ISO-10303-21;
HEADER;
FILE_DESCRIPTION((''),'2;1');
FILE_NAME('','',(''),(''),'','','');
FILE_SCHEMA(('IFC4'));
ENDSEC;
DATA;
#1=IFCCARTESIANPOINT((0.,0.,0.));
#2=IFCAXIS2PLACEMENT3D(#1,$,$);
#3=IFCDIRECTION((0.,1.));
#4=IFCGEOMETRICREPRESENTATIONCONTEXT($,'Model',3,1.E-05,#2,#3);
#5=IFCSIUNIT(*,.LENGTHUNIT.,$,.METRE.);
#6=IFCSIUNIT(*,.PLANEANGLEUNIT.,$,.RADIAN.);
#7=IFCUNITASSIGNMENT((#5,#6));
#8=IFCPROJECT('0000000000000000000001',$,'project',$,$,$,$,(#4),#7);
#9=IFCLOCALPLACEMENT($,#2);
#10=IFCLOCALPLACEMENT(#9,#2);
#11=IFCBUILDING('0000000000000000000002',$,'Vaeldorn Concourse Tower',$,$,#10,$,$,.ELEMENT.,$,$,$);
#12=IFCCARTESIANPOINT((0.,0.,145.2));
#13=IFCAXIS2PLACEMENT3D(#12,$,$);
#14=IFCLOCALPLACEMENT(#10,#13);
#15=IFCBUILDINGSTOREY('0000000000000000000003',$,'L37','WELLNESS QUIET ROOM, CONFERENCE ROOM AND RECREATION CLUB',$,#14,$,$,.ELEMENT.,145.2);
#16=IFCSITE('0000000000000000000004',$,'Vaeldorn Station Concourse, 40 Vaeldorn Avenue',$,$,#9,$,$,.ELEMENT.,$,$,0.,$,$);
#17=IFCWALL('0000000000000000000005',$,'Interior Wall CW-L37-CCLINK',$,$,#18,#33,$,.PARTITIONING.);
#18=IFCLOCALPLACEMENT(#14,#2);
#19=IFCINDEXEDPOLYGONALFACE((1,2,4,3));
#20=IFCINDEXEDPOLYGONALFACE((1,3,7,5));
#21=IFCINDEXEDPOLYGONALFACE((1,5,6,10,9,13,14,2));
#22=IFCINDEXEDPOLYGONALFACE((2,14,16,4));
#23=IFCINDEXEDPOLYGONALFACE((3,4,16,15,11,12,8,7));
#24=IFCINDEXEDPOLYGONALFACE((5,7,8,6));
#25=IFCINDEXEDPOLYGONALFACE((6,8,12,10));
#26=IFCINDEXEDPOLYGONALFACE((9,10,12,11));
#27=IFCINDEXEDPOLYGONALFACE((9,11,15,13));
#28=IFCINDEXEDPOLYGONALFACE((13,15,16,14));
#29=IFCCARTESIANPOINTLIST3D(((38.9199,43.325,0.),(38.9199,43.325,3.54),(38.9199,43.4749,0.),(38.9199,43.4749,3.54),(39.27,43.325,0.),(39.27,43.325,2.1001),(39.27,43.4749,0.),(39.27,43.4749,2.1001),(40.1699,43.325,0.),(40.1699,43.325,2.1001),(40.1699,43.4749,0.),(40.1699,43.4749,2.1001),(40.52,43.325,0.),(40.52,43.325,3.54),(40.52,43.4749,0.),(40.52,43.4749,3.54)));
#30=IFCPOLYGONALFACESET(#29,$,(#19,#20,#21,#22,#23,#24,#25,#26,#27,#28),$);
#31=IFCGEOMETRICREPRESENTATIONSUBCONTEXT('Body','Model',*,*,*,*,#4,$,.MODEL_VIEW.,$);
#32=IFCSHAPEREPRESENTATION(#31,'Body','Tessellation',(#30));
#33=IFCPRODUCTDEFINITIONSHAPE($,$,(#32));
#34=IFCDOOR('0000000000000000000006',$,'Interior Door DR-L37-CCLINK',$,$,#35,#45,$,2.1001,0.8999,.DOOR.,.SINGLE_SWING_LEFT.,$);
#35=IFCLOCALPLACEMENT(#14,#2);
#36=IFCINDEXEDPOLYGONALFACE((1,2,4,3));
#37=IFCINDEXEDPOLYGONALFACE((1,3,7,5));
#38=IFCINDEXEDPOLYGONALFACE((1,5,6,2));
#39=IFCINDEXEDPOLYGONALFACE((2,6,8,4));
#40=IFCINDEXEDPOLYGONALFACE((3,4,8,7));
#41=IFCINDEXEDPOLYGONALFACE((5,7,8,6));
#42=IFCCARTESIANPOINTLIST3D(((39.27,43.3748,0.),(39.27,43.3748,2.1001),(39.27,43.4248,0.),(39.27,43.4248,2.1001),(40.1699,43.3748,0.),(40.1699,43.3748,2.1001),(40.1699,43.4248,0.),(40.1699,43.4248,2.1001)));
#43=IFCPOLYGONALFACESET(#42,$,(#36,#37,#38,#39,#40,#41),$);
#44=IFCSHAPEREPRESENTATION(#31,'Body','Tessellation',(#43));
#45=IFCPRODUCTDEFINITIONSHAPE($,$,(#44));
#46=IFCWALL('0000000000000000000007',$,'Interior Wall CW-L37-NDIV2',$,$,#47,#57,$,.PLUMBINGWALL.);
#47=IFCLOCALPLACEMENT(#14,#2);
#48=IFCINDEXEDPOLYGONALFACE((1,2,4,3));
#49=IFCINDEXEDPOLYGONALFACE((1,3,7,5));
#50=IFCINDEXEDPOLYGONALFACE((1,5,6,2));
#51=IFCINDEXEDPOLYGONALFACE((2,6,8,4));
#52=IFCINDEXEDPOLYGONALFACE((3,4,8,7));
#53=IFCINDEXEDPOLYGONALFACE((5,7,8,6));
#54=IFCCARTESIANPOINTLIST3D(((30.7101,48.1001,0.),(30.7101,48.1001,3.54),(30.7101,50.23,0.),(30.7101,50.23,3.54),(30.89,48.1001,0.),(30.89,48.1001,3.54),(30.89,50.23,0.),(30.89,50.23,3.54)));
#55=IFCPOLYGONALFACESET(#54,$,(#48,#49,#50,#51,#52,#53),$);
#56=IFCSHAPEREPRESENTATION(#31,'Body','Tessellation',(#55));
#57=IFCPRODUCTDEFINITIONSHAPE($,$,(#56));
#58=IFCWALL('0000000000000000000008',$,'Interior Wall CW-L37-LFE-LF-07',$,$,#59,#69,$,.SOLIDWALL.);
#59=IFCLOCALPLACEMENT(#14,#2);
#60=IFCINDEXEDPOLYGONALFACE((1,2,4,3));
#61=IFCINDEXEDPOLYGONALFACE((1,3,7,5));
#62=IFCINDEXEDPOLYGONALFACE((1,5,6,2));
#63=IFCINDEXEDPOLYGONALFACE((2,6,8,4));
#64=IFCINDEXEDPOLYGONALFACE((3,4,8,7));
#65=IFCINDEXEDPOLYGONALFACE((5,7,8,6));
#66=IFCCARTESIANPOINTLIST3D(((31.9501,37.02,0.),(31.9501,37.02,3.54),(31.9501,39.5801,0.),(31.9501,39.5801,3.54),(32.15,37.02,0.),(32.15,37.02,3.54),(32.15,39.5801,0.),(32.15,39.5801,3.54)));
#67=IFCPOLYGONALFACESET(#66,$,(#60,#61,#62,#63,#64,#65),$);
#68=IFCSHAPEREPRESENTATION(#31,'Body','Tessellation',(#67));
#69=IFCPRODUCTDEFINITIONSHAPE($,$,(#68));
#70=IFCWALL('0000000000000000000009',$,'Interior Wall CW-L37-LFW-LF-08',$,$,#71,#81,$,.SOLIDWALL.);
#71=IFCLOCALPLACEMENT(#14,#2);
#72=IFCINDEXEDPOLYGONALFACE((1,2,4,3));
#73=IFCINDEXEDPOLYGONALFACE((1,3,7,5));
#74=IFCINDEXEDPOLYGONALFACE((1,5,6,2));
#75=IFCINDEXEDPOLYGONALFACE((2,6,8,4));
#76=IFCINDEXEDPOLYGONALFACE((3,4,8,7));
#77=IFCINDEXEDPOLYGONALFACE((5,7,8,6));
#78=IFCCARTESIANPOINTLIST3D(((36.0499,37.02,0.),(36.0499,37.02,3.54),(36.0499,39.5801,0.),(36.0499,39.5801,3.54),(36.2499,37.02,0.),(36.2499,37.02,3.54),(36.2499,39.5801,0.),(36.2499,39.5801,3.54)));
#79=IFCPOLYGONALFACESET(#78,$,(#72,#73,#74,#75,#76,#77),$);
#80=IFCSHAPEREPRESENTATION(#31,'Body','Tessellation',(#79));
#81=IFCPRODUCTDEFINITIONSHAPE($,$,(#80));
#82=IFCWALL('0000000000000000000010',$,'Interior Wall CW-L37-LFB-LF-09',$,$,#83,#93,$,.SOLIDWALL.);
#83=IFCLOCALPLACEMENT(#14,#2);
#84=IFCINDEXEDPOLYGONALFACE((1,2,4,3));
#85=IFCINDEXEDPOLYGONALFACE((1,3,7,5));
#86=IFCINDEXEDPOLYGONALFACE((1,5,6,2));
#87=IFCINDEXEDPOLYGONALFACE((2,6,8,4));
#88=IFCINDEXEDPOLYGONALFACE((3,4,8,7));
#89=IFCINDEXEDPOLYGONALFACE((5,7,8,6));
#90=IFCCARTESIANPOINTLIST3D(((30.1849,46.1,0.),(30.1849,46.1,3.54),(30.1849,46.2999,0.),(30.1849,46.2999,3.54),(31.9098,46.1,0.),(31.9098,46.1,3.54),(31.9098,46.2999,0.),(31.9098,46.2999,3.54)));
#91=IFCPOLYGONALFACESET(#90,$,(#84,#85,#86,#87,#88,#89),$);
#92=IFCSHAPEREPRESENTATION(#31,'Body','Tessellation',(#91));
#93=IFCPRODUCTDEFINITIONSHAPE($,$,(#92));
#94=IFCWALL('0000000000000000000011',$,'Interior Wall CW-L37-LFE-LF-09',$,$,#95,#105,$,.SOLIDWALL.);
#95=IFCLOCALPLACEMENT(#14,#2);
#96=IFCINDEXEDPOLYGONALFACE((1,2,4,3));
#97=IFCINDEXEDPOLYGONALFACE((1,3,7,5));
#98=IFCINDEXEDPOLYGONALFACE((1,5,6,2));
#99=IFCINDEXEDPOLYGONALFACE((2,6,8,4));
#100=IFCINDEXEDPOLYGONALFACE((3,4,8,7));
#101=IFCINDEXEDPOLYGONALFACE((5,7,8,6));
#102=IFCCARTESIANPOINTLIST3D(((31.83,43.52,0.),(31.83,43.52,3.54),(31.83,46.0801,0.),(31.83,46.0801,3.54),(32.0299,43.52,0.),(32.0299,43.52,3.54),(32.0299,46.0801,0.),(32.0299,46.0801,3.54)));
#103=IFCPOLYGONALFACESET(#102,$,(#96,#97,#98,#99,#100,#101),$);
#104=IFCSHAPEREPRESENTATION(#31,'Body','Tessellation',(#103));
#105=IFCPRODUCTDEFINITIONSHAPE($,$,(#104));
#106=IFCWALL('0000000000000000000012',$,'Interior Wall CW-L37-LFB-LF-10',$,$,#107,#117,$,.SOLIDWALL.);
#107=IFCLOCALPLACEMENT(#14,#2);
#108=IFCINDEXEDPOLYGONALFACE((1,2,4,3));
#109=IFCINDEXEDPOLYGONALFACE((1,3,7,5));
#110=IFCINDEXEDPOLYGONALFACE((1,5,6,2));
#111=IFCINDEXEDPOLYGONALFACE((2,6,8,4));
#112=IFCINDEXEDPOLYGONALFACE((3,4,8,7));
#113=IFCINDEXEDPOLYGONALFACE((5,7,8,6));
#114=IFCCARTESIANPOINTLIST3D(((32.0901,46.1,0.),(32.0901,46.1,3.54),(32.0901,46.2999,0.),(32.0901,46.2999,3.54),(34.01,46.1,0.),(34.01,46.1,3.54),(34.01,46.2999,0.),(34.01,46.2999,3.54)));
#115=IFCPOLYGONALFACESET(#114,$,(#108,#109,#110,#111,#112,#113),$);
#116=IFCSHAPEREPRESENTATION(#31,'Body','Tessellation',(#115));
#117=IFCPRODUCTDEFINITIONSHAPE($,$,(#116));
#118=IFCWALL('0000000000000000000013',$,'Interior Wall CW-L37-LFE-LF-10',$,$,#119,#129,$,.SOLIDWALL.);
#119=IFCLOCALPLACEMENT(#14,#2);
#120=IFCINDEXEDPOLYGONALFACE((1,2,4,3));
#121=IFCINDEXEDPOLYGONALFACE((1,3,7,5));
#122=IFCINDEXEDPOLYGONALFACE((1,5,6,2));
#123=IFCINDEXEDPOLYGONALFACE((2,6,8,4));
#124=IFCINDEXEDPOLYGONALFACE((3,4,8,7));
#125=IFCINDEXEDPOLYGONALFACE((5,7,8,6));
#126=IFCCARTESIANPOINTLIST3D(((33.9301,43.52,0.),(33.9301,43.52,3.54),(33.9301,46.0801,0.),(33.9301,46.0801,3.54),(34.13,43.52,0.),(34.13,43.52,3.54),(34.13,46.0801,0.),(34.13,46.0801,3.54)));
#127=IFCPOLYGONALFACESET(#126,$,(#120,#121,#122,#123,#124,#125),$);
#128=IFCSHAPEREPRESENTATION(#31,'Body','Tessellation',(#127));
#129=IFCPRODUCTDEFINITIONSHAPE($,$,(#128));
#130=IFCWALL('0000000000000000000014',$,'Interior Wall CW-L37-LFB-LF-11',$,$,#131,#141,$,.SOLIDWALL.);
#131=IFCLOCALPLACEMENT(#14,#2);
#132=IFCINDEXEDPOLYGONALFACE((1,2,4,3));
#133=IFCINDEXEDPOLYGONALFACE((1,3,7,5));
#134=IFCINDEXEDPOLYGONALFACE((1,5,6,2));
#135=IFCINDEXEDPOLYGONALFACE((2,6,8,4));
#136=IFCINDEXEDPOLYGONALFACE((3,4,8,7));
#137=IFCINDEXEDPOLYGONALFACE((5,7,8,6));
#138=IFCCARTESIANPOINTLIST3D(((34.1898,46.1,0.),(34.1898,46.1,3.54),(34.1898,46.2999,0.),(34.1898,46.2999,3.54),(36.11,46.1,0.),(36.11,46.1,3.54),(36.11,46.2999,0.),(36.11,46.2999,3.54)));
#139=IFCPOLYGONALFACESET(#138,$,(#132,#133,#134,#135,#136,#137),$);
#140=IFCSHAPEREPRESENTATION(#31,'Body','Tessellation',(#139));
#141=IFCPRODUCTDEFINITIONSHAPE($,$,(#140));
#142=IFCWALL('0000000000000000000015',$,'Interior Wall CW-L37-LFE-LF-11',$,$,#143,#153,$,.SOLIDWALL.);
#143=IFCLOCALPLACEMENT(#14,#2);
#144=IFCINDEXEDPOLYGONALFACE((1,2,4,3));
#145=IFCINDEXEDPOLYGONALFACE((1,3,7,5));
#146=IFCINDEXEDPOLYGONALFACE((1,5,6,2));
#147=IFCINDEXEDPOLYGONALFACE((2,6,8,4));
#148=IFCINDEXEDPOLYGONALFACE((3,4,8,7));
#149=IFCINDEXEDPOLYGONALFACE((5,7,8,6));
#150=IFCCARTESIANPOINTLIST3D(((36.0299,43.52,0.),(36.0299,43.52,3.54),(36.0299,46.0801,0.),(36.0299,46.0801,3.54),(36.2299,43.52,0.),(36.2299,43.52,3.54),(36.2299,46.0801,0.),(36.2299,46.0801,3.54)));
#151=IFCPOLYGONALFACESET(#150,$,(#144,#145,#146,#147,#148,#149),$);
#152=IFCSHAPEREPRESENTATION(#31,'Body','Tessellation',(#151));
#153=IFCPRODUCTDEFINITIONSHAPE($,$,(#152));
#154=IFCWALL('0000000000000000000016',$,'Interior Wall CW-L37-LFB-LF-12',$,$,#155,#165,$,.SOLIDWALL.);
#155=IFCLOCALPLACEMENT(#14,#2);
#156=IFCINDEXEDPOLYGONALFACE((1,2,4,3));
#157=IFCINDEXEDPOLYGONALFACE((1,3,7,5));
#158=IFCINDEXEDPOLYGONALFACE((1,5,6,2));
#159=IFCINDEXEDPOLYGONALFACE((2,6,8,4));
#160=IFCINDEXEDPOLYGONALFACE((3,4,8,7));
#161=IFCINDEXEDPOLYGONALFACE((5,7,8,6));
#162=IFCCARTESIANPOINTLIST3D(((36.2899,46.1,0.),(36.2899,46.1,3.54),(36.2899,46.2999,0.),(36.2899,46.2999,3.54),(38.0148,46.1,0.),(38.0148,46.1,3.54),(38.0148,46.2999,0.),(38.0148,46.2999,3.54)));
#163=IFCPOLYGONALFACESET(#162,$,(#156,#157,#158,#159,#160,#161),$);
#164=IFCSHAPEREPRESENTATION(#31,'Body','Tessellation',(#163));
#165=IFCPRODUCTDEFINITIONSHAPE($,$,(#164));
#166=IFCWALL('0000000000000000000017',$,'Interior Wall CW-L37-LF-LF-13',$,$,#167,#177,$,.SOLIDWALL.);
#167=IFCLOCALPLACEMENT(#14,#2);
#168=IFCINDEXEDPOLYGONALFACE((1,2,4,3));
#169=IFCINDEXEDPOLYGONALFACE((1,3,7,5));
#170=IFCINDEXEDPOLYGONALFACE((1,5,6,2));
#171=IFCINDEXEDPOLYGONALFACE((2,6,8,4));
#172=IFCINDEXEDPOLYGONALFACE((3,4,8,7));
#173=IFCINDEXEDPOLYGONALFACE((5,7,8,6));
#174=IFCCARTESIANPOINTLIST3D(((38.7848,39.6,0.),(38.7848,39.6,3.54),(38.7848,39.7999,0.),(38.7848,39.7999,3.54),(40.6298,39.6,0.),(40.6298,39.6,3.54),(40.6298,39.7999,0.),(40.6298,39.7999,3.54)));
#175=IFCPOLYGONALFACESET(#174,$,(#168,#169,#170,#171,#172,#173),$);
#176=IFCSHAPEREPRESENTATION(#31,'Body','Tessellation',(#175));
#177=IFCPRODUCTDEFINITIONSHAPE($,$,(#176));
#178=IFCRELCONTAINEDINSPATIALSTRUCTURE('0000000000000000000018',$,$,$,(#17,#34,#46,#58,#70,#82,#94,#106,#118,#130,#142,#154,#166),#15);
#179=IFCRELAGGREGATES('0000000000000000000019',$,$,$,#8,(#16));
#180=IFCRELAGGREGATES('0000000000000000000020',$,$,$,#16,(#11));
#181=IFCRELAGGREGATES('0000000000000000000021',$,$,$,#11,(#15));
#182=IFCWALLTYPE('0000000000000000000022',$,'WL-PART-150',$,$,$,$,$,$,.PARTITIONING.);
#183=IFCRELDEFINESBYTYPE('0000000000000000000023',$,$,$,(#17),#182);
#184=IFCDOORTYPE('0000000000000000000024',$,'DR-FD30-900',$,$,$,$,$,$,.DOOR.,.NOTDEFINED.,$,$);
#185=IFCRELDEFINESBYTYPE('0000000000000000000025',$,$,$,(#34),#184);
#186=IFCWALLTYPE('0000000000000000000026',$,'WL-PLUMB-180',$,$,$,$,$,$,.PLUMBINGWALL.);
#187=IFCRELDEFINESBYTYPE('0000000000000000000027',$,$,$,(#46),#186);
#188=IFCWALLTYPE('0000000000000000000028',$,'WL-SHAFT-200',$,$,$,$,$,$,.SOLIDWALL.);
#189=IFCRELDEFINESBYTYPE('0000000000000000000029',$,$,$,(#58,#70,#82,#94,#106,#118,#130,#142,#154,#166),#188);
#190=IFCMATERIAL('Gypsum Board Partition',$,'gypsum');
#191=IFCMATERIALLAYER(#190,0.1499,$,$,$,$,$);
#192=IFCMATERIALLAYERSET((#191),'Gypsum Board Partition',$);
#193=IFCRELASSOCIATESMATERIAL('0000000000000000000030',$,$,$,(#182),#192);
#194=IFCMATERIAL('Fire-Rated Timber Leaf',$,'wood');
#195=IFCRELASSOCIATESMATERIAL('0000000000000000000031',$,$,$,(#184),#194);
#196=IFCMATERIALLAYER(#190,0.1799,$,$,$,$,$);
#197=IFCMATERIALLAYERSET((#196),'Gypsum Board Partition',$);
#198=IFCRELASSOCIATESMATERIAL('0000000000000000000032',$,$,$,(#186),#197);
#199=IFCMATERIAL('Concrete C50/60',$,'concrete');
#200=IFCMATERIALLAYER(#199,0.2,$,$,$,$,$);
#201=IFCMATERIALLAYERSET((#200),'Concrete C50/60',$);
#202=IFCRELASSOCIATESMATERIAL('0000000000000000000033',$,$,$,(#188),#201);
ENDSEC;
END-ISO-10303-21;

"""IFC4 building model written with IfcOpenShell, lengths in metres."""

from ifc_helpers import new_model, si_unit, direction, frame, frame_2d, origin, place, context, subcontext, project, spatial, rectangle, extrude, source, transform, mapped, material, layer, layer_set, type_object, element, fill, save


model = new_model("IFC4")

# Units and contexts
model_context = context("Model", 3, precision=1e-05, world=origin(), true_north=direction((0.0, 1.0)))
body_context = subcontext(model_context, "Body", "Model", "MODEL_VIEW")
ifc_project = project(units=[si_unit("LENGTHUNIT", "METRE"), si_unit("PLANEANGLEUNIT", "RADIAN")], contexts=[model_context])

# Site, building, storey
site_placement = place(None, origin())
site = spatial("IfcSite", under=ifc_project, at=site_placement, Name="Vaeldorn Station Concourse, 40 Vaeldorn Avenue", CompositionType="ELEMENT", RefElevation=0.0)
building_placement = place(site_placement, origin())
building = spatial("IfcBuilding", under=site, at=building_placement, Name="Vaeldorn Concourse Tower", CompositionType="ELEMENT")
storey_placement = place(building_placement, frame((0.0, 0.0, 145.2)))
storey = spatial("IfcBuildingStorey", under=building, at=storey_placement, Name="L37", Description="WELLNESS QUIET ROOM, CONFERENCE ROOM AND RECREATION CLUB", CompositionType="ELEMENT", Elevation=145.2)

# Wall, opening, door
ifc_material_1 = material(Name="Gypsum Board Partition", Category="gypsum")
ifc_layer_1 = layer(ifc_material_1, 0.1499)
ifc_layer_set_1 = layer_set([ifc_layer_1], Name="Gypsum Board Partition")
wall_type_1 = type_object("IfcWallType", Name="WL-PART-150", PredefinedType="PARTITIONING", material=ifc_layer_set_1)
wall_1_placement = place(storey_placement, frame((38.9199, 43.3999, 0.0), z_axis=(0.0, 0.0, 1.0), x_axis=(1.0, 0.0, 0.0)))
wall_1 = element("IfcWall", 1, at=wall_1_placement, inside=storey, type_object=wall_type_1, Name="Interior Wall CW-L37-CCLINK", PredefinedType="PARTITIONING", context=body_context, shape_type="SweptSolid", body=[
    extrude(rectangle(XDim=1.6001, YDim=0.1499, at=frame_2d((0.8, 0.0))), origin(), (0.0, 0.0, 1.0), 3.54),
])
opening_1_placement = place(wall_1_placement, frame((0.3501, 0.0, 0.0)))
opening_1 = element("IfcOpeningElement", 2, at=opening_1_placement, cuts=wall_1, PredefinedType="OPENING", context=body_context, shape_type="SweptSolid", body=[
    extrude(rectangle(XDim=0.8999, YDim=2.1001, at=frame_2d((0.45, 1.05))), frame((0.0, 0.085, 0.0), z_axis=(0.0, -1.0, 0.0), x_axis=(1.0, 0.0, 0.0)), (0.0, 0.0, 1.0), 0.1699),
])
ifc_material_2 = material(Name="Fire-Rated Timber Leaf", Category="wood")
door_type_1 = type_object("IfcDoorType", Name="DR-FD30-900", OperationType="NOTDEFINED", PredefinedType="DOOR", material=ifc_material_2)
shared_shape_1 = source(origin(), body_context, "Body", "SweptSolid", [
    extrude(rectangle(XDim=0.8999, YDim=2.1001, at=frame_2d((0.45, 1.05))), frame((0.0, 0.0249, 0.0), z_axis=(0.0, -1.0, 0.0), x_axis=(1.0, 0.0, 0.0)), (0.0, 0.0, 1.0), 0.05),
])
door_1_placement = place(opening_1_placement, origin())
door_1 = element("IfcDoor", 3, at=door_1_placement, inside=storey, type_object=door_type_1, Name="Interior Door DR-L37-CCLINK", OperationType="SINGLE_SWING_LEFT", OverallHeight=2.1001, OverallWidth=0.8999, PredefinedType="DOOR", context=body_context, shape_type="MappedRepresentation", body=[
    mapped(shared_shape_1, transform((0.0, 0.0, 0.0), scale=1.0)),
])
fill(opening_1, door_1)

# Wall
ifc_layer_2 = layer(ifc_material_1, 0.1799)
ifc_layer_set_2 = layer_set([ifc_layer_2], Name="Gypsum Board Partition")
wall_type_2 = type_object("IfcWallType", Name="WL-PLUMB-180", PredefinedType="PLUMBINGWALL", material=ifc_layer_set_2)
wall_2_placement = place(storey_placement, frame((30.8, 48.1001, 0.0), z_axis=(0.0, 0.0, 1.0), x_axis=(0.0, 1.0, 0.0)))
element("IfcWall", 4, at=wall_2_placement, inside=storey, type_object=wall_type_2, Name="Interior Wall CW-L37-NDIV2", PredefinedType="PLUMBINGWALL", context=body_context, shape_type="SweptSolid", body=[
    extrude(rectangle(XDim=2.1299, YDim=0.1799, at=frame_2d((1.0649, 0.0))), origin(), (0.0, 0.0, 1.0), 3.54),
])

# Shared definitions
ifc_material_3 = material(Name="Concrete C50/60", Category="concrete")
ifc_layer_3 = layer(ifc_material_3, 0.2)
ifc_layer_set_3 = layer_set([ifc_layer_3], Name="Concrete C50/60")
wall_type_3 = type_object("IfcWallType", Name="WL-SHAFT-200", PredefinedType="SOLIDWALL", material=ifc_layer_set_3)

# Wall
wall_3_placement = place(storey_placement, frame((32.05, 37.02, 0.0), z_axis=(0.0, 0.0, 1.0), x_axis=(0.0, 1.0, 0.0)))
element("IfcWall", 5, at=wall_3_placement, inside=storey, type_object=wall_type_3, Name="Interior Wall CW-L37-LFE-LF-07", PredefinedType="SOLIDWALL", context=body_context, shape_type="SweptSolid", body=[
    extrude(rectangle(XDim=2.5601, YDim=0.2, at=frame_2d((1.28, 0.0))), origin(), (0.0, 0.0, 1.0), 3.54),
])

# Wall
wall_4_placement = place(storey_placement, frame((36.1499, 37.02, 0.0), z_axis=(0.0, 0.0, 1.0), x_axis=(0.0, 1.0, 0.0)))
element("IfcWall", 6, at=wall_4_placement, inside=storey, type_object=wall_type_3, Name="Interior Wall CW-L37-LFW-LF-08", PredefinedType="SOLIDWALL", context=body_context, shape_type="SweptSolid", body=[
    extrude(rectangle(XDim=2.5601, YDim=0.2, at=frame_2d((1.28, 0.0))), origin(), (0.0, 0.0, 1.0), 3.54),
])

# Walls
wall_5_placement = place(storey_placement, frame((30.1851, 46.2, 0.0), z_axis=(0.0, 0.0, 1.0), x_axis=(1.0, 0.0, 0.0)))
element("IfcWall", 7, at=wall_5_placement, inside=storey, type_object=wall_type_3, Name="Interior Wall CW-L37-LFB-LF-09", PredefinedType="SOLIDWALL", context=body_context, shape_type="SweptSolid", body=[
    extrude(rectangle(XDim=1.7249, YDim=0.2, at=frame_2d((0.8623, 0.0))), origin(), (0.0, 0.0, 1.0), 3.54),
])
wall_6_placement = place(storey_placement, frame((31.9299, 43.52, 0.0), z_axis=(0.0, 0.0, 1.0), x_axis=(0.0, 1.0, 0.0)))
element("IfcWall", 8, at=wall_6_placement, inside=storey, type_object=wall_type_3, Name="Interior Wall CW-L37-LFE-LF-09", PredefinedType="SOLIDWALL", context=body_context, shape_type="SweptSolid", body=[
    extrude(rectangle(XDim=2.5601, YDim=0.2, at=frame_2d((1.28, 0.0))), origin(), (0.0, 0.0, 1.0), 3.54),
])

# Walls
wall_7_placement = place(storey_placement, frame((32.0901, 46.2, 0.0), z_axis=(0.0, 0.0, 1.0), x_axis=(1.0, 0.0, 0.0)))
element("IfcWall", 9, at=wall_7_placement, inside=storey, type_object=wall_type_3, Name="Interior Wall CW-L37-LFB-LF-10", PredefinedType="SOLIDWALL", context=body_context, shape_type="SweptSolid", body=[
    extrude(rectangle(XDim=1.9199, YDim=0.2, at=frame_2d((0.96, 0.0))), origin(), (0.0, 0.0, 1.0), 3.54),
])
wall_8_placement = place(storey_placement, frame((34.03, 43.52, 0.0), z_axis=(0.0, 0.0, 1.0), x_axis=(0.0, 1.0, 0.0)))
element("IfcWall", 10, at=wall_8_placement, inside=storey, type_object=wall_type_3, Name="Interior Wall CW-L37-LFE-LF-10", PredefinedType="SOLIDWALL", context=body_context, shape_type="SweptSolid", body=[
    extrude(rectangle(XDim=2.5601, YDim=0.2, at=frame_2d((1.28, 0.0))), origin(), (0.0, 0.0, 1.0), 3.54),
])

# Walls
wall_9_placement = place(storey_placement, frame((34.1899, 46.2, 0.0), z_axis=(0.0, 0.0, 1.0), x_axis=(1.0, 0.0, 0.0)))
element("IfcWall", 11, at=wall_9_placement, inside=storey, type_object=wall_type_3, Name="Interior Wall CW-L37-LFB-LF-11", PredefinedType="SOLIDWALL", context=body_context, shape_type="SweptSolid", body=[
    extrude(rectangle(XDim=1.9202, YDim=0.2, at=frame_2d((0.96, 0.0))), origin(), (0.0, 0.0, 1.0), 3.54),
])
wall_10_placement = place(storey_placement, frame((36.1299, 43.52, 0.0), z_axis=(0.0, 0.0, 1.0), x_axis=(0.0, 1.0, 0.0)))
element("IfcWall", 12, at=wall_10_placement, inside=storey, type_object=wall_type_3, Name="Interior Wall CW-L37-LFE-LF-11", PredefinedType="SOLIDWALL", context=body_context, shape_type="SweptSolid", body=[
    extrude(rectangle(XDim=2.5601, YDim=0.2, at=frame_2d((1.28, 0.0))), origin(), (0.0, 0.0, 1.0), 3.54),
])

# Walls
wall_11_placement = place(storey_placement, frame((36.29, 46.2, 0.0), z_axis=(0.0, 0.0, 1.0), x_axis=(1.0, 0.0, 0.0)))
element("IfcWall", 13, at=wall_11_placement, inside=storey, type_object=wall_type_3, Name="Interior Wall CW-L37-LFB-LF-12", PredefinedType="SOLIDWALL", context=body_context, shape_type="SweptSolid", body=[
    extrude(rectangle(XDim=1.7249, YDim=0.2, at=frame_2d((0.8623, 0.0))), origin(), (0.0, 0.0, 1.0), 3.54),
])
wall_12_placement = place(storey_placement, frame((38.7849, 39.7, 0.0), z_axis=(0.0, 0.0, 1.0), x_axis=(1.0, 0.0, 0.0)))
element("IfcWall", 14, at=wall_12_placement, inside=storey, type_object=wall_type_3, Name="Interior Wall CW-L37-LF-LF-13", PredefinedType="SOLIDWALL", context=body_context, shape_type="SweptSolid", body=[
    extrude(rectangle(XDim=1.845, YDim=0.2, at=frame_2d((0.9224, 0.0))), origin(), (0.0, 0.0, 1.0), 3.54),
])

save(model, "model.ifc")
